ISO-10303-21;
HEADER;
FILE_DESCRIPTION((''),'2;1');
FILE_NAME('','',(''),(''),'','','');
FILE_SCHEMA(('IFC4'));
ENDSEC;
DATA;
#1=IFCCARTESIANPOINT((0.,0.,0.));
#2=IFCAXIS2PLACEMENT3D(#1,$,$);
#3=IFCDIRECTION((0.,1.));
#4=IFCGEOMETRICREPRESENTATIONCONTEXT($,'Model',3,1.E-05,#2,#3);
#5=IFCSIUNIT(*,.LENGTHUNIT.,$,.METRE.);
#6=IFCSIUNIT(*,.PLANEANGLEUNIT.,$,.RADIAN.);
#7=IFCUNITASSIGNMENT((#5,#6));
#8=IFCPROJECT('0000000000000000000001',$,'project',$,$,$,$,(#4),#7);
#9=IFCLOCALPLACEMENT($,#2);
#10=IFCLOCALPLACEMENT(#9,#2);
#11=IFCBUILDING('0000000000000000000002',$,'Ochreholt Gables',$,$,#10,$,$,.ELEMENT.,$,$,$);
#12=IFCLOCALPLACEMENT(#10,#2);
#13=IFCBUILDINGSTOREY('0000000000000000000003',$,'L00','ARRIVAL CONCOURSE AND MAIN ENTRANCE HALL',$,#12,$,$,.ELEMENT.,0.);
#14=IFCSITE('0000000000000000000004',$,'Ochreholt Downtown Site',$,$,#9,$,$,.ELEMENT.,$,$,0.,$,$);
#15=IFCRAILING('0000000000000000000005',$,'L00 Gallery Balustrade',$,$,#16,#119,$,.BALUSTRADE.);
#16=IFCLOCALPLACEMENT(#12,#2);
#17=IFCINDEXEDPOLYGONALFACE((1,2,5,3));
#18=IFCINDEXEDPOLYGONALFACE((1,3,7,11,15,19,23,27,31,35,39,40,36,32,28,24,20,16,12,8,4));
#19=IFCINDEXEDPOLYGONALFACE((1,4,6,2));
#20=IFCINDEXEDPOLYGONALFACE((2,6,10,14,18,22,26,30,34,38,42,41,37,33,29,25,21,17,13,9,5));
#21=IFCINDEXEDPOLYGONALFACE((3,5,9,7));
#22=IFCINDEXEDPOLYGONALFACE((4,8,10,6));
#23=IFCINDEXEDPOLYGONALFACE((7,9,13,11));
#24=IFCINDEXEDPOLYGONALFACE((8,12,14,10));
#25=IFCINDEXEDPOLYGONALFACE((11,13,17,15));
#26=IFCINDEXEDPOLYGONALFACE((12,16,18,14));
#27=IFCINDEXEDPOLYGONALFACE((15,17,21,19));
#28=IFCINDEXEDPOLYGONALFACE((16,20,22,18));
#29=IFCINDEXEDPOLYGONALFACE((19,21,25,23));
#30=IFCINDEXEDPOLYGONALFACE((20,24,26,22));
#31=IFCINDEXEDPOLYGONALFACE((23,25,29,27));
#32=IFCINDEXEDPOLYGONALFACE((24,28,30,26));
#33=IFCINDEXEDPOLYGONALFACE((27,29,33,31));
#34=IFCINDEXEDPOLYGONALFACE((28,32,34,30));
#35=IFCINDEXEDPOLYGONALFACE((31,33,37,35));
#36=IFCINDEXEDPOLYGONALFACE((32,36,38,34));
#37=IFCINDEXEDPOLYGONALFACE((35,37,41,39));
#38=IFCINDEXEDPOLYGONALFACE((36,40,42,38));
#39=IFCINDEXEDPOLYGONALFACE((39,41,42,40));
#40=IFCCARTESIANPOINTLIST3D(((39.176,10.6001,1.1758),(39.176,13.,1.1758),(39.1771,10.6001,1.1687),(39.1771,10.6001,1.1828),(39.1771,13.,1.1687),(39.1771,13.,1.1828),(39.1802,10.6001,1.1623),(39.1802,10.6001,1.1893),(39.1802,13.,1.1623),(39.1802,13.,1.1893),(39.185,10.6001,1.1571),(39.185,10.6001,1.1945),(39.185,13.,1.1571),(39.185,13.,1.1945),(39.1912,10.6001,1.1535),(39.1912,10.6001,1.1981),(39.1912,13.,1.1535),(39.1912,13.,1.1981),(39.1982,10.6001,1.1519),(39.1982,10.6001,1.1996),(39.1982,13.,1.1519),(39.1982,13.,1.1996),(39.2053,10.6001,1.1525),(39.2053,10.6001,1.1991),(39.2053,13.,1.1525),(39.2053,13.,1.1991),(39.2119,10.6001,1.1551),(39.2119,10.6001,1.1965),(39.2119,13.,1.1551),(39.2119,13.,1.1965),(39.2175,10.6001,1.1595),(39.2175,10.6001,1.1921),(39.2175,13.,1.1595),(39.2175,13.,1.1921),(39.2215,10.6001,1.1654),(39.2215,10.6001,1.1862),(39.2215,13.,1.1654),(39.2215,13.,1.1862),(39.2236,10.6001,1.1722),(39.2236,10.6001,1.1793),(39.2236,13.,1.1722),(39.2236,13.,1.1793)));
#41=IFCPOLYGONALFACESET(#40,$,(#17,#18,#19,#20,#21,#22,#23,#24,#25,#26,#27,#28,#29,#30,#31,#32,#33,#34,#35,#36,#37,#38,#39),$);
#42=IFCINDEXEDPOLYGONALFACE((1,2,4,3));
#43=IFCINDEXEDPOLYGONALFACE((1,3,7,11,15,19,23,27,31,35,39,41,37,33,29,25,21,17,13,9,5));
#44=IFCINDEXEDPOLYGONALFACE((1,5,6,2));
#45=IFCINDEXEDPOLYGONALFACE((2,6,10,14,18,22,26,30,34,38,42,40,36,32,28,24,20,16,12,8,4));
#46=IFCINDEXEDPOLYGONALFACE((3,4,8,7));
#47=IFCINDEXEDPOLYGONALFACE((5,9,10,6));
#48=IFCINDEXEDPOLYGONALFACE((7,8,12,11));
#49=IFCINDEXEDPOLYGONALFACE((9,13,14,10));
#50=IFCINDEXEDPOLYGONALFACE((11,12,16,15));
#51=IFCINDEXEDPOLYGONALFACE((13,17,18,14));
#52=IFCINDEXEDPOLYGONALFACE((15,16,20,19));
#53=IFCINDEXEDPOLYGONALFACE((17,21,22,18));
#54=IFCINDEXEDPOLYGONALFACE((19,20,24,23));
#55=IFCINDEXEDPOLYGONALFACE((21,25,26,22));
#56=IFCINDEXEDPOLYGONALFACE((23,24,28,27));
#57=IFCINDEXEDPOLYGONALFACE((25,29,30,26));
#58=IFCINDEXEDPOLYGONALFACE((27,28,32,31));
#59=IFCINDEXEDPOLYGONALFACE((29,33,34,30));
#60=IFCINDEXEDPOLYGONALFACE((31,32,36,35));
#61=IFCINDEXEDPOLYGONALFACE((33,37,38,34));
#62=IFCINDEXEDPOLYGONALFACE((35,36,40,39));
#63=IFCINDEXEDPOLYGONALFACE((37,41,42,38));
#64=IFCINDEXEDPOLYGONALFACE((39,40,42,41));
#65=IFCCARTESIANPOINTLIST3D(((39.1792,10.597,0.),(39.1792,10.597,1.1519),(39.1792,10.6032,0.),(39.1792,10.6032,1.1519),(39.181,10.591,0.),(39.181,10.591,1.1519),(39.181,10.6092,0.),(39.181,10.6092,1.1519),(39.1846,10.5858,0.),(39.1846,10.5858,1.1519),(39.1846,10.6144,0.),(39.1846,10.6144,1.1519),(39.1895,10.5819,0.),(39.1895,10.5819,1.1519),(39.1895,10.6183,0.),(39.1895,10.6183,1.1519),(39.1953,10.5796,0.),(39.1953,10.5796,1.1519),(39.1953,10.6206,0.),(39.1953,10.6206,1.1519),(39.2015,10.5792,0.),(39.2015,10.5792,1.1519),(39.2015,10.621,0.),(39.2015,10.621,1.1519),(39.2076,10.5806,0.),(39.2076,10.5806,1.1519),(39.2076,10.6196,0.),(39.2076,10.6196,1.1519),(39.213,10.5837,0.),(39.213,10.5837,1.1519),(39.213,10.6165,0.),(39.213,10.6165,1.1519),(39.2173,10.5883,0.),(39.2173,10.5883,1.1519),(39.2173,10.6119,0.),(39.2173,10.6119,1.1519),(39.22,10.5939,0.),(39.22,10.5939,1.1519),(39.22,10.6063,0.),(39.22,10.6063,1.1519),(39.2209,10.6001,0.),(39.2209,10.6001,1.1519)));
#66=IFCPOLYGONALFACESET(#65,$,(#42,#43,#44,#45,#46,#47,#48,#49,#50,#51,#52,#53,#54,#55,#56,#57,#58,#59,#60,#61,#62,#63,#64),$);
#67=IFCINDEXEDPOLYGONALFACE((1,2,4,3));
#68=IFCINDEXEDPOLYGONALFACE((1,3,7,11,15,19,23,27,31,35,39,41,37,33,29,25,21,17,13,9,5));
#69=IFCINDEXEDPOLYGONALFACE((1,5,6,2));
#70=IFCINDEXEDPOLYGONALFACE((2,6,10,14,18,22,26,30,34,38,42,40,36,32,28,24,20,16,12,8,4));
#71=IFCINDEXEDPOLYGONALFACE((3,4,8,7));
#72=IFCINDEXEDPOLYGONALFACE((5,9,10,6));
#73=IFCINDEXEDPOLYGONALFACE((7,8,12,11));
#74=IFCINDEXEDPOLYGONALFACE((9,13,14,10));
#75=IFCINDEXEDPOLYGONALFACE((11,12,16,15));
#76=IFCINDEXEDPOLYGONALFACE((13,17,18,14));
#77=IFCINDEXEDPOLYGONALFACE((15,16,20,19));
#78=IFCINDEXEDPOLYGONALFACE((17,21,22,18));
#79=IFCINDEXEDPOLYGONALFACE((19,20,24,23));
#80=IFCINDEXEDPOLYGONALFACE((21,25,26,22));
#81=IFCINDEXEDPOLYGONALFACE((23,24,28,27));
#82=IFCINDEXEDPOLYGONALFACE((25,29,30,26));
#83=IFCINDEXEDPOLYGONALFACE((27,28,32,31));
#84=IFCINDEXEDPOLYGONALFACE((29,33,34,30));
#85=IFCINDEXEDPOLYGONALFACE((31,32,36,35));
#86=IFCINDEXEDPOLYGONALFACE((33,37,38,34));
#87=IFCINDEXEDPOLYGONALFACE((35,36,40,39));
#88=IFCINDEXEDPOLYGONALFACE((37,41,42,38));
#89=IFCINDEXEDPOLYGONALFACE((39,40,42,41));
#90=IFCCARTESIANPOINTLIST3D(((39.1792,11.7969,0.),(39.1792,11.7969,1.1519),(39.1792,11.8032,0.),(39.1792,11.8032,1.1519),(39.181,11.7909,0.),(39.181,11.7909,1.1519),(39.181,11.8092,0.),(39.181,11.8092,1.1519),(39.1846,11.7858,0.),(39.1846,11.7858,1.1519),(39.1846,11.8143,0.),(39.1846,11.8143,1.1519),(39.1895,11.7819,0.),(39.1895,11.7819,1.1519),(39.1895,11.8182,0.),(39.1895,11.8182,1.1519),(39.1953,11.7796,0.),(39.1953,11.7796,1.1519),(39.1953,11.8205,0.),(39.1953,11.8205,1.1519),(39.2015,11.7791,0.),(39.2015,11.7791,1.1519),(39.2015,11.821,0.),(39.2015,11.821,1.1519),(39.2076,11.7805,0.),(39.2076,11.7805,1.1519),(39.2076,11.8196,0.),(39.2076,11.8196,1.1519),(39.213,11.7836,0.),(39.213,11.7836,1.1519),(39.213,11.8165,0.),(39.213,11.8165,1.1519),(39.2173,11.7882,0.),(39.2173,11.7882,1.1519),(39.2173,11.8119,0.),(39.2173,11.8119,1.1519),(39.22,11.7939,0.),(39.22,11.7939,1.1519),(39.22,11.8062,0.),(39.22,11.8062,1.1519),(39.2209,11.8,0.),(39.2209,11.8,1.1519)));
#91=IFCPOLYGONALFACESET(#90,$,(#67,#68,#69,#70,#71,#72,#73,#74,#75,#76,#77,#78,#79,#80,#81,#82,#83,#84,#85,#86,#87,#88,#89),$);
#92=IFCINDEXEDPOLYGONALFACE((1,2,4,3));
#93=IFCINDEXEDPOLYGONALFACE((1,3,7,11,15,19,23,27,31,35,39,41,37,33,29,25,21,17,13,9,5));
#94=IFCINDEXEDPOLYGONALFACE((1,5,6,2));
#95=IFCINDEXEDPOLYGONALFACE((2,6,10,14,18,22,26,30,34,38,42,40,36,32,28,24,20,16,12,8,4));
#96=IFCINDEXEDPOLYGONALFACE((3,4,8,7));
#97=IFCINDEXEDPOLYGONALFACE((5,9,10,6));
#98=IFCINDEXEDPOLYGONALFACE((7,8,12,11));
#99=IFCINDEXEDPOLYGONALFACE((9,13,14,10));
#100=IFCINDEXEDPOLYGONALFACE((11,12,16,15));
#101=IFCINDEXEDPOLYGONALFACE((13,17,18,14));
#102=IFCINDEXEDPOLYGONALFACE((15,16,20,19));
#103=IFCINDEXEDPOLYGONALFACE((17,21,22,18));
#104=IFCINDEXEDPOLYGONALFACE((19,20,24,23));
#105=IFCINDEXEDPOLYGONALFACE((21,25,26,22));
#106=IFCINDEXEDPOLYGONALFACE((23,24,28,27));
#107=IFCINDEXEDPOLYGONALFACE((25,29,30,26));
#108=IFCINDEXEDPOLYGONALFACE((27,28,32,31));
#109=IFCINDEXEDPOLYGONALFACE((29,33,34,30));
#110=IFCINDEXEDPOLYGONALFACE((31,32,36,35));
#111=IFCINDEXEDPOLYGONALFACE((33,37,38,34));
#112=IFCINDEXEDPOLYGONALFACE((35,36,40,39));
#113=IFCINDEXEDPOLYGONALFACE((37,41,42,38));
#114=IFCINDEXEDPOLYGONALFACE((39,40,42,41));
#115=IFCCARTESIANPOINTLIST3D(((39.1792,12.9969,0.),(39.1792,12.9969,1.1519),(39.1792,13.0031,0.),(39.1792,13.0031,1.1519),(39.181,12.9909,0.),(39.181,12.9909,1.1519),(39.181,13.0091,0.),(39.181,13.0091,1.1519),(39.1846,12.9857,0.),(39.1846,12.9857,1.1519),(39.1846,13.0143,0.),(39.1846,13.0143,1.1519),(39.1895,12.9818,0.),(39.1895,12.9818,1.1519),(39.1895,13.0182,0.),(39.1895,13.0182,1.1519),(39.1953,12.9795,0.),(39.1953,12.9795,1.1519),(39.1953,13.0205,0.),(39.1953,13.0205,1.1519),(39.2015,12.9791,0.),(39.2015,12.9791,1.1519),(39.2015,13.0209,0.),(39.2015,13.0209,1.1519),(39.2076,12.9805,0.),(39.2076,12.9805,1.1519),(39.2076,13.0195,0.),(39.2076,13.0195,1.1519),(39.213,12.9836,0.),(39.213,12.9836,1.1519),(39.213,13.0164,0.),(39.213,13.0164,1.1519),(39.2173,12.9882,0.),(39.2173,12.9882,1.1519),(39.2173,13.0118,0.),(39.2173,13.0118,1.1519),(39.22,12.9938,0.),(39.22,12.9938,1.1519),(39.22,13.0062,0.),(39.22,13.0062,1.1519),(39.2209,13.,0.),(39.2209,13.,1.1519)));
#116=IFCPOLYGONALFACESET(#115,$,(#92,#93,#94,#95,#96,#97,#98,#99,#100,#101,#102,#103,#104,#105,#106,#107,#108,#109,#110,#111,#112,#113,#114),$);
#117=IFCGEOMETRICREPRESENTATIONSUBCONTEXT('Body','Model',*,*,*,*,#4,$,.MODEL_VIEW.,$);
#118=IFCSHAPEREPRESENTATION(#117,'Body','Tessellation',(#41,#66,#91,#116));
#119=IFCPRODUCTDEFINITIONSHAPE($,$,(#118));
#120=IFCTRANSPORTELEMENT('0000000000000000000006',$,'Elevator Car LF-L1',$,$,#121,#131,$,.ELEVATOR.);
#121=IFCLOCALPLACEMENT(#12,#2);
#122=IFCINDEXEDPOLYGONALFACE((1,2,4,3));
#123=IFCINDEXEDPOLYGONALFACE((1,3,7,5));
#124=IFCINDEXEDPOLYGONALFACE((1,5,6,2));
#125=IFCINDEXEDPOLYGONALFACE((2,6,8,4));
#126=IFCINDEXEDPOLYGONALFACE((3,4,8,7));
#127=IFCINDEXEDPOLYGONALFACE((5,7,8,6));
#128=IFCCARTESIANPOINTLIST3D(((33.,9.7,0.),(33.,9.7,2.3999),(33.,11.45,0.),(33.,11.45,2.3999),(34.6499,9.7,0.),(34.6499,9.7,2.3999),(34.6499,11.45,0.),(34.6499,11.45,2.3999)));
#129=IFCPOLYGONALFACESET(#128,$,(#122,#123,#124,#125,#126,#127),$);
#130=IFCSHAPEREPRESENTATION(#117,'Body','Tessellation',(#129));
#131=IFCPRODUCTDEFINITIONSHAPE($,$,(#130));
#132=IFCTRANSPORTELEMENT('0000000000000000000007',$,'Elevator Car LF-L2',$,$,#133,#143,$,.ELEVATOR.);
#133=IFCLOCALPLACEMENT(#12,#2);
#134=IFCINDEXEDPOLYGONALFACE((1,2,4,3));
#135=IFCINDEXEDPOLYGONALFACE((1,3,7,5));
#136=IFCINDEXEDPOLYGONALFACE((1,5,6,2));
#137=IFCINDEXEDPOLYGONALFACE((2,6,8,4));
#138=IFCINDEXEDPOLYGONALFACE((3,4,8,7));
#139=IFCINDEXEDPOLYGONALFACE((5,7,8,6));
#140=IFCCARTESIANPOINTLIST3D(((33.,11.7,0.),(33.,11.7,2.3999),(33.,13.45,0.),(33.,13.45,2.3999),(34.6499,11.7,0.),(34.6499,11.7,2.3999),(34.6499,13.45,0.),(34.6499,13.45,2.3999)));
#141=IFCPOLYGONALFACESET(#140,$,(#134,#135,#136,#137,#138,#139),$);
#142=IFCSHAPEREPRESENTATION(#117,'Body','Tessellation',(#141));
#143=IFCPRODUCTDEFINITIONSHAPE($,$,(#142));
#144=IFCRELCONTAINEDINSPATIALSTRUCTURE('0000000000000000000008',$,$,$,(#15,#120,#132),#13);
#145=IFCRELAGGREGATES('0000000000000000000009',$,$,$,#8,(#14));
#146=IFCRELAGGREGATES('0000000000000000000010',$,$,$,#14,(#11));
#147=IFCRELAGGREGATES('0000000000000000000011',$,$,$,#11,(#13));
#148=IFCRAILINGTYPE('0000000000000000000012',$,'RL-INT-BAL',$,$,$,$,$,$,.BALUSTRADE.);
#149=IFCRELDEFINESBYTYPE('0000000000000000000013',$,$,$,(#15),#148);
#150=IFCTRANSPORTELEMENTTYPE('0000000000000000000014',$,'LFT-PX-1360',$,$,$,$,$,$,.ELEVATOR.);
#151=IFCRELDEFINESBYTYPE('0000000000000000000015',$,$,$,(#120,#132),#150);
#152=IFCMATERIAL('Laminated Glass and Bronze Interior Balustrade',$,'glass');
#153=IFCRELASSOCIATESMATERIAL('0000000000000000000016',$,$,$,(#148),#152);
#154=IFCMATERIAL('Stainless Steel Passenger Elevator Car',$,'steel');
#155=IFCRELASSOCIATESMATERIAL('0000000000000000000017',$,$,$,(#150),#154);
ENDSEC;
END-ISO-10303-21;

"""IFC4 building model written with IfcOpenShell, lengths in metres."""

from ifc_helpers import new_model, si_unit, direction, frame, origin, origin_2d, place, context, subcontext, project, spatial, rectangle, circle, extrude, material, type_object, element, save


model = new_model("IFC4")

# Units and contexts
model_context = context("Model", 3, precision=1e-05, world=origin(), true_north=direction((0.0, 1.0)))
body_context = subcontext(model_context, "Body", "Model", "MODEL_VIEW")
ifc_project = project(units=[si_unit("LENGTHUNIT", "METRE"), si_unit("PLANEANGLEUNIT", "RADIAN")], contexts=[model_context])

# Site, building, storey
site_placement = place(None, origin())
site = spatial("IfcSite", under=ifc_project, at=site_placement, Name="Ochreholt Downtown Site", CompositionType="ELEMENT", RefElevation=0.0)
building_placement = place(site_placement, origin())
building = spatial("IfcBuilding", under=site, at=building_placement, Name="Ochreholt Gables", CompositionType="ELEMENT")
storey_placement = place(building_placement, origin())
storey = spatial("IfcBuildingStorey", under=building, at=storey_placement, Name="L00", Description="ARRIVAL CONCOURSE AND MAIN ENTRANCE HALL", CompositionType="ELEMENT", Elevation=0.0)

# Railing
ifc_material_1 = material(Name="Laminated Glass and Bronze Interior Balustrade", Category="glass")
railing_type = type_object("IfcRailingType", Name="RL-INT-BAL", PredefinedType="BALUSTRADE", material=ifc_material_1)
railing_placement = place(storey_placement, frame((39.2, 10.6001, 0.0)))
element("IfcRailing", 1, at=railing_placement, inside=storey, type_object=railing_type, Name="L00 Gallery Balustrade", PredefinedType="BALUSTRADE", context=body_context, shape_type="SweptSolid", body=[
    extrude(circle(Radius=0.0239, at=origin_2d()), frame((0.0, 0.0, 1.1758), z_axis=(0.0, 1.0, 0.0), x_axis=(-1.0, 0.0, 0.0)), (0.0, 0.0, 1.0), 2.3999),
    extrude(circle(Radius=0.021, at=origin_2d()), origin(), (0.0, 0.0, 1.0), 1.1519),
    extrude(circle(Radius=0.021, at=origin_2d()), frame((0.0, 1.2, 0.0)), (0.0, 0.0, 1.0), 1.1519),
    extrude(circle(Radius=0.021, at=origin_2d()), frame((0.0, 2.3999, 0.0)), (0.0, 0.0, 1.0), 1.1519),
])

# Transport elements
ifc_material_2 = material(Name="Stainless Steel Passenger Elevator Car", Category="steel")
transport_element_type = type_object("IfcTransportElementType", Name="LFT-PX-1360", PredefinedType="ELEVATOR", material=ifc_material_2)
for number, where, z_axis, x_axis, name in (
    (2, (33.825, 10.575, 0.0), (0.0, 0.0, 1.0), (1.0, 0.0, 0.0), "Elevator Car LF-L1"),
    (3, (33.825, 12.575, 0.0), (0.0, 0.0, 1.0), (1.0, 0.0, 0.0), "Elevator Car LF-L2"),
):
    element("IfcTransportElement", number, at=place(storey_placement, frame(where, z_axis=z_axis, x_axis=x_axis)), inside=storey, type_object=transport_element_type, Name=name, PredefinedType="ELEVATOR", context=body_context, shape_type="SweptSolid", body=[
        extrude(rectangle(XDim=1.6499, YDim=1.75, at=origin_2d()), origin(), (0.0, 0.0, 1.0), 2.3999),
    ])

save(model, "model.ifc")
